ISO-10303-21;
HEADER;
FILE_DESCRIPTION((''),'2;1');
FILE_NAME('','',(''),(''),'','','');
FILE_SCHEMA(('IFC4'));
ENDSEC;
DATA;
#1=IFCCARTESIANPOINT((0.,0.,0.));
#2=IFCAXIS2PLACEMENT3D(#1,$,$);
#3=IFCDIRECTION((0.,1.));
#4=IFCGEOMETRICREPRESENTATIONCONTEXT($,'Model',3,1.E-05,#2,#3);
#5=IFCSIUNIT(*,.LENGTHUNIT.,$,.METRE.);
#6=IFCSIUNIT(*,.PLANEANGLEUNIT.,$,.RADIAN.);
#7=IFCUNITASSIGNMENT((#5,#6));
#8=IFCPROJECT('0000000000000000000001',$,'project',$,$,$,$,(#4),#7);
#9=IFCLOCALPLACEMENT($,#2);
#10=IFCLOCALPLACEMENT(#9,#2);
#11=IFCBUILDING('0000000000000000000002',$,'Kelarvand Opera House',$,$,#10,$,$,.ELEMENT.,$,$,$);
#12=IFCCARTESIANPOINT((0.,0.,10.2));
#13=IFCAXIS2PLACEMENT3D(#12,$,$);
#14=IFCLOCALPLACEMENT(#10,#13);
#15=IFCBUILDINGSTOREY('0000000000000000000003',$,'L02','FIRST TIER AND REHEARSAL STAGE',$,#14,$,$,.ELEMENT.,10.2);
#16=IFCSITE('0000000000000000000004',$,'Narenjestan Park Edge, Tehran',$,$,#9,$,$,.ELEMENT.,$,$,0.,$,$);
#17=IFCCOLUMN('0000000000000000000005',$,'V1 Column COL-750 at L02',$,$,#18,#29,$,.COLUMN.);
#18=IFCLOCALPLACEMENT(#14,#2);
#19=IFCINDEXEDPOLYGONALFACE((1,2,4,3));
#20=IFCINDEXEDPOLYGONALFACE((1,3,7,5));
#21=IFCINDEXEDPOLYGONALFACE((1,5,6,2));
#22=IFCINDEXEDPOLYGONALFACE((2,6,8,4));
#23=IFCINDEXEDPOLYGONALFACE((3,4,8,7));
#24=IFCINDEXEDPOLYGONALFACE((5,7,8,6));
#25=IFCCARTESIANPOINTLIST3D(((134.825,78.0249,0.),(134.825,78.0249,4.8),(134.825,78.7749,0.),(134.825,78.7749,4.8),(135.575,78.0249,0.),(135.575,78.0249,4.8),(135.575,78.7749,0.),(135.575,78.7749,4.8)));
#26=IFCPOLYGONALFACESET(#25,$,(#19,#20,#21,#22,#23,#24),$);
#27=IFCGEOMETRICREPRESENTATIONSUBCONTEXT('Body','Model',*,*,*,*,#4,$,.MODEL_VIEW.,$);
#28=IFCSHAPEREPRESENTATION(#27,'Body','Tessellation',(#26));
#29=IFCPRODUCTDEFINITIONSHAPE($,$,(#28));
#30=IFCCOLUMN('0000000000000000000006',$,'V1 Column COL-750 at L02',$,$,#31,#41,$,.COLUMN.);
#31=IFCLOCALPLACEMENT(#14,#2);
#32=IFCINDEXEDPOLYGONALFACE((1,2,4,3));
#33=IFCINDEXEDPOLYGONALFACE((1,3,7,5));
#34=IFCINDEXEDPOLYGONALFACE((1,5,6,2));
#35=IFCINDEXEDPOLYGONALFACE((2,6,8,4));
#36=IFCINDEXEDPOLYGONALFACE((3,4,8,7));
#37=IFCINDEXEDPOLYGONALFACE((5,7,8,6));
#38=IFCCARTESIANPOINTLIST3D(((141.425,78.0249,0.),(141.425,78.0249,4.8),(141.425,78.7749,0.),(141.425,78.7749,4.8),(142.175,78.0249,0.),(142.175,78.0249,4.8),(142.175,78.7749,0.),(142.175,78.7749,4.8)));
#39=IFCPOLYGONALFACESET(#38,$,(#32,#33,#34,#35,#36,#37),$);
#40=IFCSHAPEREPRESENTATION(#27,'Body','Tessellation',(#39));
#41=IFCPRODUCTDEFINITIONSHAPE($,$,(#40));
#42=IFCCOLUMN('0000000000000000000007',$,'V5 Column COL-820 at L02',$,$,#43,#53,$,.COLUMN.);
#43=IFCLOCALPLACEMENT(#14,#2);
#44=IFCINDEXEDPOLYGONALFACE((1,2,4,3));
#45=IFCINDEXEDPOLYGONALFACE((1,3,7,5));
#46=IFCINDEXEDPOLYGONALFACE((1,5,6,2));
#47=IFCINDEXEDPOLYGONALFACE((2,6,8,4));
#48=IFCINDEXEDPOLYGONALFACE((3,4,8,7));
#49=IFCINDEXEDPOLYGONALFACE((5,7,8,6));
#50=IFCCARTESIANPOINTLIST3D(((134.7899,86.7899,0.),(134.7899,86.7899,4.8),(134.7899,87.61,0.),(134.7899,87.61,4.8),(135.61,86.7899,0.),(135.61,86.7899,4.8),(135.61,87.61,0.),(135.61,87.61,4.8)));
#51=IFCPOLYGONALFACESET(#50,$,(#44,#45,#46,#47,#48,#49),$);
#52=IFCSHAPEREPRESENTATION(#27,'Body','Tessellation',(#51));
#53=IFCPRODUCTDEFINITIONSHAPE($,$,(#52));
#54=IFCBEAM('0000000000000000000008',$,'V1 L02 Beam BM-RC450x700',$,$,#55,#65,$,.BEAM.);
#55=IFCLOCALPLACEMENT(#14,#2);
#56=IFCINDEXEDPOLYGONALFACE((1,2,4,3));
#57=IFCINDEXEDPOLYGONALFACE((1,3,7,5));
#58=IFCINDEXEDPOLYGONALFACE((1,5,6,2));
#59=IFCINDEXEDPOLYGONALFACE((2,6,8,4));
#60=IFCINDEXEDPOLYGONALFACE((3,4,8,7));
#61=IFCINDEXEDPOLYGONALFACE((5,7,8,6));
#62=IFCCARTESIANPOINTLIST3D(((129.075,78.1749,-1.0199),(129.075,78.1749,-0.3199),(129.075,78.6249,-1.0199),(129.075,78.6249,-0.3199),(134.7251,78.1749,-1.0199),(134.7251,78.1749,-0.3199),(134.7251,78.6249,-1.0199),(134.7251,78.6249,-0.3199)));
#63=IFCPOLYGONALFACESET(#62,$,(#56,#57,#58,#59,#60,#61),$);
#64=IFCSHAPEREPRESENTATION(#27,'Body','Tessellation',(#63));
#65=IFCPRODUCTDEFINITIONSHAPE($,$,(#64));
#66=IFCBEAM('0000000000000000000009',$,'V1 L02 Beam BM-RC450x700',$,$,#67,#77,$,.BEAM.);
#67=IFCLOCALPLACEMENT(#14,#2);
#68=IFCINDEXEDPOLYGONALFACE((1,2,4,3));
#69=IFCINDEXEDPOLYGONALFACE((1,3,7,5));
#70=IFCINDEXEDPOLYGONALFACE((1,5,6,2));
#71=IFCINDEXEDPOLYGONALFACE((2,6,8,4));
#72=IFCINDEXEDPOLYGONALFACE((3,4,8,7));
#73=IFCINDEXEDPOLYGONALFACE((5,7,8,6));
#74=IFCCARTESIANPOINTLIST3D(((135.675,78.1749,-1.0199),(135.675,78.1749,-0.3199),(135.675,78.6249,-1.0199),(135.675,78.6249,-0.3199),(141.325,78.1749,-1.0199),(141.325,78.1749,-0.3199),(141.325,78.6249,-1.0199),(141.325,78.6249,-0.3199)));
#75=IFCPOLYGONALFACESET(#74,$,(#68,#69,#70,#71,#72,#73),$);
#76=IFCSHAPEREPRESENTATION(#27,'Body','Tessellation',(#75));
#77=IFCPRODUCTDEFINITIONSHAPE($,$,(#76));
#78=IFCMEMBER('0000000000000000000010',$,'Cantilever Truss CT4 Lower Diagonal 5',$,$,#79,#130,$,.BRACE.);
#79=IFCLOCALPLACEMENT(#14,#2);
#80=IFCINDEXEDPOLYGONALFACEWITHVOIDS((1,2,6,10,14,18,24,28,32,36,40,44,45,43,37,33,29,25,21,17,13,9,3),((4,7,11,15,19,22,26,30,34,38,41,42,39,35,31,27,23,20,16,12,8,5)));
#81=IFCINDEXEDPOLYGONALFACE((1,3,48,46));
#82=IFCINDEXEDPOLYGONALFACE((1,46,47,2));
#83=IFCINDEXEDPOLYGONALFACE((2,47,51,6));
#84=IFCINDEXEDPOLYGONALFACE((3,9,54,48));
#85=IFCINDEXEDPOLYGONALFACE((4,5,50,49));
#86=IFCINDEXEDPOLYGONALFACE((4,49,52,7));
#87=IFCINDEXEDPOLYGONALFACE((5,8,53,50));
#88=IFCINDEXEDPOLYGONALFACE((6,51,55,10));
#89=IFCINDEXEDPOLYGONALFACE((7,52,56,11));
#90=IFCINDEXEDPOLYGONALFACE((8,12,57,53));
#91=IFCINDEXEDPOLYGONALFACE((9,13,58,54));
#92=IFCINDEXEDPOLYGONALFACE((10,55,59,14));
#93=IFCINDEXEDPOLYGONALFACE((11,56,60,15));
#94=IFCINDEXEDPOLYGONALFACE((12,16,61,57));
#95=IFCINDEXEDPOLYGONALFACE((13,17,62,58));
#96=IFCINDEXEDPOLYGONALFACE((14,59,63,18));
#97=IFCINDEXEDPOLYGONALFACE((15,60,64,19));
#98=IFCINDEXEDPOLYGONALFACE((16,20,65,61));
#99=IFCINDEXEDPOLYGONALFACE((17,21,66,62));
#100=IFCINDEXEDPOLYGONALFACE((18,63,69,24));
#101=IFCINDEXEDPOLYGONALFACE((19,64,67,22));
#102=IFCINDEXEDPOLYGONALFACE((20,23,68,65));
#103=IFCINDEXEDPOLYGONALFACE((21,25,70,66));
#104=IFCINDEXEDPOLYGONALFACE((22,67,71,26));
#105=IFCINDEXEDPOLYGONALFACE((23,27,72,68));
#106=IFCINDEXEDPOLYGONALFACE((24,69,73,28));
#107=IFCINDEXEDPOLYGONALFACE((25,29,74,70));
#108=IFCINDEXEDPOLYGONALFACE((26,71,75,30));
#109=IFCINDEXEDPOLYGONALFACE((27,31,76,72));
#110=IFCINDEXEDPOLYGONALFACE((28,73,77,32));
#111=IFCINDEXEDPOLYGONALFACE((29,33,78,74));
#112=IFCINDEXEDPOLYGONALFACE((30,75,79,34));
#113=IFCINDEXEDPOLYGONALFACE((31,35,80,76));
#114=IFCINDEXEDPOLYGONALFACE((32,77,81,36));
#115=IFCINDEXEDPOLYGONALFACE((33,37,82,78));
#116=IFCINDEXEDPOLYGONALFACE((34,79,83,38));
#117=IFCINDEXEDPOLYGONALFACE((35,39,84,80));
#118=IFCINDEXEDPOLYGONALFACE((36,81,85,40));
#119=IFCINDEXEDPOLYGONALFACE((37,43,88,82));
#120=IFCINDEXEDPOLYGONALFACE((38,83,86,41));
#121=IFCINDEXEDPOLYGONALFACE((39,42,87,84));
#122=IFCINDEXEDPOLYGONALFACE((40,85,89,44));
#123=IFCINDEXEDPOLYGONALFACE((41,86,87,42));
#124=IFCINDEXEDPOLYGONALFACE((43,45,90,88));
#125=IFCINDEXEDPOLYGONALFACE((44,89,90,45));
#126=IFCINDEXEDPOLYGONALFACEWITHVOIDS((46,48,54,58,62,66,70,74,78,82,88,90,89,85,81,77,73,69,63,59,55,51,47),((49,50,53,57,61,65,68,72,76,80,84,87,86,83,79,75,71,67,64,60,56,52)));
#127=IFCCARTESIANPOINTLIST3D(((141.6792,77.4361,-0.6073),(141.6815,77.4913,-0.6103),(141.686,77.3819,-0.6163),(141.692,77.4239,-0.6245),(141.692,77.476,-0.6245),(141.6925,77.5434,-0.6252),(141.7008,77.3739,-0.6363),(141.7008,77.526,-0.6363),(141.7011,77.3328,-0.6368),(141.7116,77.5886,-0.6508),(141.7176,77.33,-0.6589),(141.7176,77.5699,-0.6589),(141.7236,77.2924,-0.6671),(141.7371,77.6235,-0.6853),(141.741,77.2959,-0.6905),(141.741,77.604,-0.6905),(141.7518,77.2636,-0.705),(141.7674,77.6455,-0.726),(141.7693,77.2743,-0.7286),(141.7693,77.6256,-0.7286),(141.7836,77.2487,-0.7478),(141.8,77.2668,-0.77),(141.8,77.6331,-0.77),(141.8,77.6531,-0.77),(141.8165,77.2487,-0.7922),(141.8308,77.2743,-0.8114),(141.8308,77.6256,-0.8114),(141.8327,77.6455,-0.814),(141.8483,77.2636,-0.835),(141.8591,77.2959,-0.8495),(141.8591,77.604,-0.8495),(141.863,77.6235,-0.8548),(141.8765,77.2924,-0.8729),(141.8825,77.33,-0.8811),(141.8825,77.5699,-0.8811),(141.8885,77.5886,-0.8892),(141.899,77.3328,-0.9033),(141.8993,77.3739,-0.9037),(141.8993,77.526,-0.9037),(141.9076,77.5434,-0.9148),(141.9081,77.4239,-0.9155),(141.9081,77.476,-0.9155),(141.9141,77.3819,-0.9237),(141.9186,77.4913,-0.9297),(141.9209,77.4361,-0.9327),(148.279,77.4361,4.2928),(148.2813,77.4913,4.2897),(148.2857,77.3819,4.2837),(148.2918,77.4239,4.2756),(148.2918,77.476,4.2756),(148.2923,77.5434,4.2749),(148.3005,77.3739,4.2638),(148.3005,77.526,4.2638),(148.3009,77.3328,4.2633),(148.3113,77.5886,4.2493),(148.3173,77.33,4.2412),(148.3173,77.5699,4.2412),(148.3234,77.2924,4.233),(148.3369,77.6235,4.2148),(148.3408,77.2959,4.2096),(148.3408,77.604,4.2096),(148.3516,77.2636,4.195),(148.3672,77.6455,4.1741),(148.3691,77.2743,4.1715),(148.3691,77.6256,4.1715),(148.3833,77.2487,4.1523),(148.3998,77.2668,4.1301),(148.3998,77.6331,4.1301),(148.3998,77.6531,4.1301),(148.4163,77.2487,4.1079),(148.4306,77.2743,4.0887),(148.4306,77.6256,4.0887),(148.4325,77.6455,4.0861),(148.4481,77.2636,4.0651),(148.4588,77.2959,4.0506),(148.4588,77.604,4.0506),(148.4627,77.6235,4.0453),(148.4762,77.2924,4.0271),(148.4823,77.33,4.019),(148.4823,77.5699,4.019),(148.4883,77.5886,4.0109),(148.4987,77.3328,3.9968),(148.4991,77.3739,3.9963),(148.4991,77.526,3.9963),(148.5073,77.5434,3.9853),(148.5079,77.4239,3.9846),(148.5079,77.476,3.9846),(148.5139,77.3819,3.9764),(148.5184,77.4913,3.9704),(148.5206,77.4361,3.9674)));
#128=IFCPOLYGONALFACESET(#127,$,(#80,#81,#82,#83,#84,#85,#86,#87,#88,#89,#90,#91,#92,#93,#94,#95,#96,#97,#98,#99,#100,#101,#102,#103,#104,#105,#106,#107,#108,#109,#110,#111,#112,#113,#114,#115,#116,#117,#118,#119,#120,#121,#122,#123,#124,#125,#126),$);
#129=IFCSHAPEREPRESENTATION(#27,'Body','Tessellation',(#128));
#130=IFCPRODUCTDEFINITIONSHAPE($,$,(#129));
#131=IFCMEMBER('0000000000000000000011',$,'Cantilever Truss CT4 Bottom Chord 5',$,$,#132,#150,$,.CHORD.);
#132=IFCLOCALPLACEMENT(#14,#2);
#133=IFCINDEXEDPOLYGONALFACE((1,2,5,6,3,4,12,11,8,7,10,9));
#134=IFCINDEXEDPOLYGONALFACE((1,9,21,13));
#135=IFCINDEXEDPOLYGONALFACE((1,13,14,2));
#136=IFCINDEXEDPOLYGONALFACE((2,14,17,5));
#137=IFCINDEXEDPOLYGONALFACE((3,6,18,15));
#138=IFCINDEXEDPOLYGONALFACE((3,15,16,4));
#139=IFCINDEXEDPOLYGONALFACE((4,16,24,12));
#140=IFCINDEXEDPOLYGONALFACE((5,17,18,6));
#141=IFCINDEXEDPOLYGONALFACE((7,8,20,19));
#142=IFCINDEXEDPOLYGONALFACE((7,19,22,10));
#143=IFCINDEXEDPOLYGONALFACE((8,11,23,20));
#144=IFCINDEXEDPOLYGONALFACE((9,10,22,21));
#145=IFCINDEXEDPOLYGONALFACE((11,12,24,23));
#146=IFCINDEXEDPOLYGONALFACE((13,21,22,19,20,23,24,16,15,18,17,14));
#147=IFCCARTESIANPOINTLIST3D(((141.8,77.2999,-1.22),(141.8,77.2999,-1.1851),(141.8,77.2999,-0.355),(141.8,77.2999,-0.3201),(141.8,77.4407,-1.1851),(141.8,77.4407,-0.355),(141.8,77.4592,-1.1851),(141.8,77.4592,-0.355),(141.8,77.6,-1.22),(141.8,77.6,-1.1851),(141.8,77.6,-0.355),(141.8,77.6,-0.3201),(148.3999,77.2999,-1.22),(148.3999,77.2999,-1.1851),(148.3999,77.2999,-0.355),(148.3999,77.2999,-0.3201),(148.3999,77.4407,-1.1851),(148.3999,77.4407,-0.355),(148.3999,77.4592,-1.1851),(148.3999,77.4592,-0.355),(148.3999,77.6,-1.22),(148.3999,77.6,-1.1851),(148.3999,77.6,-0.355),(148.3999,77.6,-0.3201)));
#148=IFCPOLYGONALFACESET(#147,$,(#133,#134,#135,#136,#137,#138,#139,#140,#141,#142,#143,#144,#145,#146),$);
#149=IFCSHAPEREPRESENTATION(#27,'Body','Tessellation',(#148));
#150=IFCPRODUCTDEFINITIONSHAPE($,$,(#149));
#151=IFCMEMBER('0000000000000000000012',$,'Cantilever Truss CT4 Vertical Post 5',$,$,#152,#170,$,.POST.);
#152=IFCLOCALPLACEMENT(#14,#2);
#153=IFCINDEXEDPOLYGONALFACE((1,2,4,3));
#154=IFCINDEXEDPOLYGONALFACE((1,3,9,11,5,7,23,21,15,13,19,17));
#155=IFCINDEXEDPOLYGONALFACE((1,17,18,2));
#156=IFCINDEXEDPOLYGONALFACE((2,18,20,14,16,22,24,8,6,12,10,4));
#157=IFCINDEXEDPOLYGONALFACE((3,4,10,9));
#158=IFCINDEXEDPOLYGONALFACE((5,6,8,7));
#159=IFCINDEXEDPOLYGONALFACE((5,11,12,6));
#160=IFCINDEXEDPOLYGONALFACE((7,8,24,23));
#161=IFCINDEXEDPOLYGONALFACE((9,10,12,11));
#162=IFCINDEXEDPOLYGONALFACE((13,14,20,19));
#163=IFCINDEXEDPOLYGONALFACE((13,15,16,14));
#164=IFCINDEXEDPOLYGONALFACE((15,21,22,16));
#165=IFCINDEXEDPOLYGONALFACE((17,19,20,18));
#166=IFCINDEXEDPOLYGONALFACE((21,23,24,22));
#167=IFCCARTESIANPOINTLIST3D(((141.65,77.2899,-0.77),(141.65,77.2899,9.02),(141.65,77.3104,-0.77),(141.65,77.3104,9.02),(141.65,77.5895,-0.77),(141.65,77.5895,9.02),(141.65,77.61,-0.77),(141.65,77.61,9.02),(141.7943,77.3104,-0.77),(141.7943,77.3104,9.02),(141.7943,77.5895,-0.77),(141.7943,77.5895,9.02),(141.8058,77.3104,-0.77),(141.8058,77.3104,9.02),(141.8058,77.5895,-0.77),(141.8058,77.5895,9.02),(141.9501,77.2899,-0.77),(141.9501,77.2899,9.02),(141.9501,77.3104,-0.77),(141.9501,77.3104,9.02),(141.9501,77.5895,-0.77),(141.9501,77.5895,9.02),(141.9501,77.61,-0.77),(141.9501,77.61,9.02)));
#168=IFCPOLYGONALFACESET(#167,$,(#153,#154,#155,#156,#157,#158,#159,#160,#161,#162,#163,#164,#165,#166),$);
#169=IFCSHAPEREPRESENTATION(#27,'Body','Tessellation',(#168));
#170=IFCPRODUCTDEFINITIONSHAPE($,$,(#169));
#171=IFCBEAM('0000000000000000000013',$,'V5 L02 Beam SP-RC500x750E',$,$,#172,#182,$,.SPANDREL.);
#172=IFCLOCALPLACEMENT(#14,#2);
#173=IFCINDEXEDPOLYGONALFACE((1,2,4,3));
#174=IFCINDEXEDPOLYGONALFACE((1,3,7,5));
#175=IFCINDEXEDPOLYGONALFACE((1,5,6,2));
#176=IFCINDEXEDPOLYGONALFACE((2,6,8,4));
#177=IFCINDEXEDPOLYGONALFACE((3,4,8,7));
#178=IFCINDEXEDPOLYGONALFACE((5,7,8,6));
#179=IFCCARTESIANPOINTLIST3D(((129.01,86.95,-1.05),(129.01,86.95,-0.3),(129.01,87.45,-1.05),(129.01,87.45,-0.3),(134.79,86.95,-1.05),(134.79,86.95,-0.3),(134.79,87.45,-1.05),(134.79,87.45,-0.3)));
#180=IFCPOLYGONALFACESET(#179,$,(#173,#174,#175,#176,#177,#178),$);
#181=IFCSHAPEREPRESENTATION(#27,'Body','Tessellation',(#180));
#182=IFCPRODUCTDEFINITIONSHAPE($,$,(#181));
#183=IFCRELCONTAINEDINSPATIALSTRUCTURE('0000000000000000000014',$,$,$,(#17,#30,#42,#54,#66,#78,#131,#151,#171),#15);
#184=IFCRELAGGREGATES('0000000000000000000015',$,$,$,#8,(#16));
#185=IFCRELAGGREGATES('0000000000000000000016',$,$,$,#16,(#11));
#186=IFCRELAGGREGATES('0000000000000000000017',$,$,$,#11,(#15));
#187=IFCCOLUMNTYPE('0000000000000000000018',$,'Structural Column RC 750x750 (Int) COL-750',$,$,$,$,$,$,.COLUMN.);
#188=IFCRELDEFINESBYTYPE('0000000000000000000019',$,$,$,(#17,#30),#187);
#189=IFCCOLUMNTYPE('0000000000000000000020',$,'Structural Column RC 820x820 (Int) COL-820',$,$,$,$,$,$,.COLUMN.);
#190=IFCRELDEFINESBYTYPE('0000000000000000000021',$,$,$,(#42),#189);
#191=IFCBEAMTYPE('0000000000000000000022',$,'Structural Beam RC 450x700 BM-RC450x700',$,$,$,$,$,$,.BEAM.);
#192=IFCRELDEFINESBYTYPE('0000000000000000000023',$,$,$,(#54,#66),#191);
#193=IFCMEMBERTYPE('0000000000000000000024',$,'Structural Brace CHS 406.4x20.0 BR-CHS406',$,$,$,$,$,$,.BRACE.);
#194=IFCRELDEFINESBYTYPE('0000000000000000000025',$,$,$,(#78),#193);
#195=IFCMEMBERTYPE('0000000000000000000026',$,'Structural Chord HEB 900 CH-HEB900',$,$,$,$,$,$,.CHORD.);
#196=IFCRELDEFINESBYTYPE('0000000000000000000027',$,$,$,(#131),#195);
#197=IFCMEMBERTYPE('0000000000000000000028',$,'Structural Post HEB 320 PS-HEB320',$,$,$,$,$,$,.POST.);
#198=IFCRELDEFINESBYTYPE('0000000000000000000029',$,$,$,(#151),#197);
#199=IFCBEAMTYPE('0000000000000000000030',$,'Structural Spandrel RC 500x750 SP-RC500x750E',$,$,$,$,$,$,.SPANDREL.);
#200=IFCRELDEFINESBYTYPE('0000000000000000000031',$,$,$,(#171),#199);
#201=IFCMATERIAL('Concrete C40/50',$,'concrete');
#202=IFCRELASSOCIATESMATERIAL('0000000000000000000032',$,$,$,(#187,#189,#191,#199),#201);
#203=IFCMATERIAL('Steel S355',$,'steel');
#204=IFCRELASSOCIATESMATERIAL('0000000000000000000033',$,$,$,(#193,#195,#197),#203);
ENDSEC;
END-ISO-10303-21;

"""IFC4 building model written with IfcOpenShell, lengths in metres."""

from ifc_helpers import new_model, si_unit, direction, frame, origin, origin_2d, place, context, subcontext, project, spatial, rectangle, hollow_circle, i_section, extrude, material, material_profile, profile_set, type_object, element, save


model = new_model("IFC4")

# Units and contexts
model_context = context("Model", 3, precision=1e-05, world=origin(), true_north=direction((0.0, 1.0)))
body_context = subcontext(model_context, "Body", "Model", "MODEL_VIEW")
ifc_project = project(units=[si_unit("LENGTHUNIT", "METRE"), si_unit("PLANEANGLEUNIT", "RADIAN")], contexts=[model_context])

# Site, building, storey
site_placement = place(None, origin())
site = spatial("IfcSite", under=ifc_project, at=site_placement, Name="Narenjestan Park Edge, Tehran", CompositionType="ELEMENT", RefElevation=0.0)
building_placement = place(site_placement, origin())
building = spatial("IfcBuilding", under=site, at=building_placement, Name="Kelarvand Opera House", CompositionType="ELEMENT")
storey_placement = place(building_placement, frame((0.0, 0.0, 10.2)))
storey = spatial("IfcBuildingStorey", under=building, at=storey_placement, Name="L02", Description="FIRST TIER AND REHEARSAL STAGE", CompositionType="ELEMENT", Elevation=10.2)

# Columns
ifc_material_1 = material(Name="Concrete C40/50", Category="concrete")
ifc_material_profile_1 = material_profile(ifc_material_1, rectangle(XDim=0.75, YDim=0.75, at=origin_2d()), Name="RC 750x750", Category="concrete")
ifc_profile_set_1 = profile_set([ifc_material_profile_1], Name="Concrete C40/50")
column_type_1 = type_object("IfcColumnType", Name="Structural Column RC 750x750 (Int) COL-750", PredefinedType="COLUMN", material=ifc_profile_set_1)
for number, where, z_axis, x_axis, name in (
    (1, (135.2, 78.3999, 0.0), (0.0, 0.0, 1.0), (1.0, 0.0, 0.0), "V1 Column COL-750 at L02"),
    (2, (141.8, 78.3999, 0.0), (0.0, 0.0, 1.0), (1.0, 0.0, 0.0), "V1 Column COL-750 at L02"),
):
    element("IfcColumn", number, at=place(storey_placement, frame(where, z_axis=z_axis, x_axis=x_axis)), inside=storey, type_object=column_type_1, Name=name, PredefinedType="COLUMN", context=body_context, shape_type="SweptSolid", body=[
        extrude(rectangle(XDim=0.75, YDim=0.75, at=origin_2d()), origin(), (0.0, 0.0, 1.0), 4.8),
    ])
ifc_material_profile_2 = material_profile(ifc_material_1, rectangle(XDim=0.8201, YDim=0.8201, at=origin_2d()), Name="RC 820x820", Category="concrete")
ifc_profile_set_2 = profile_set([ifc_material_profile_2], Name="Concrete C40/50")
column_type_2 = type_object("IfcColumnType", Name="Structural Column RC 820x820 (Int) COL-820", PredefinedType="COLUMN", material=ifc_profile_set_2)
column_placement = place(storey_placement, frame((135.2, 87.2, 0.0), z_axis=(0.0, 0.0, 1.0), x_axis=(1.0, 0.0, 0.0)))
element("IfcColumn", 3, at=column_placement, inside=storey, type_object=column_type_2, Name="V5 Column COL-820 at L02", PredefinedType="COLUMN", context=body_context, shape_type="SweptSolid", body=[
    extrude(rectangle(XDim=0.8201, YDim=0.8201, at=origin_2d()), origin(), (0.0, 0.0, 1.0), 4.8),
])

# Beams
ifc_material_profile_3 = material_profile(ifc_material_1, rectangle(XDim=0.45, YDim=0.7, at=origin_2d()), Name="RC 450x700", Category="concrete")
ifc_profile_set_3 = profile_set([ifc_material_profile_3], Name="Concrete C40/50")
beam_type_1 = type_object("IfcBeamType", Name="Structural Beam RC 450x700 BM-RC450x700", PredefinedType="BEAM", material=ifc_profile_set_3)
beam_1_placement = place(storey_placement, frame((129.075, 78.3999, -0.6699), z_axis=(1.0, 0.0, 0.0), x_axis=(0.0, 1.0, 0.0)))
element("IfcBeam", 4, at=beam_1_placement, inside=storey, type_object=beam_type_1, Name="V1 L02 Beam BM-RC450x700", PredefinedType="BEAM", context=body_context, shape_type="SweptSolid", body=[
    extrude(rectangle(XDim=0.45, YDim=0.7, at=origin_2d()), origin(), (0.0, 0.0, 1.0), 5.6501),
])
beam_2_placement = place(storey_placement, frame((135.675, 78.3999, -0.6699), z_axis=(1.0, 0.0, 0.0), x_axis=(0.0, 1.0, 0.0)))
element("IfcBeam", 5, at=beam_2_placement, inside=storey, type_object=beam_type_1, Name="V1 L02 Beam BM-RC450x700", PredefinedType="BEAM", context=body_context, shape_type="SweptSolid", body=[
    extrude(rectangle(XDim=0.45, YDim=0.7, at=origin_2d()), origin(), (0.0, 0.0, 1.0), 5.6499),
])

# Members
ifc_material_2 = material(Name="Steel S355", Category="steel")
ifc_material_profile_4 = material_profile(ifc_material_2, hollow_circle(Radius=0.2031, WallThickness=0.02, at=origin_2d()), Name="CHS 406.4x20.0", Category="steel")
ifc_profile_set_4 = profile_set([ifc_material_profile_4], Name="Steel S355")
member_type_1 = type_object("IfcMemberType", Name="Structural Brace CHS 406.4x20.0 BR-CHS406", PredefinedType="BRACE", material=ifc_profile_set_4)
member_1_placement = place(storey_placement, frame((141.8, 77.45, -0.77), z_axis=(0.802895, 0.0, 0.59612), x_axis=(0.0, 1.0, 0.0)))
element("IfcMember", 6, at=member_1_placement, inside=storey, type_object=member_type_1, Name="Cantilever Truss CT4 Lower Diagonal 5", PredefinedType="BRACE", context=body_context, shape_type="SweptSolid", body=[
    extrude(hollow_circle(Radius=0.2031, WallThickness=0.02, at=origin_2d()), origin(), (0.0, 0.0, 1.0), 8.22),
])
ifc_material_profile_5 = material_profile(ifc_material_2, i_section(OverallWidth=0.3, OverallDepth=0.8999, WebThickness=0.0186, FlangeThickness=0.0349, at=origin_2d()), Name="HEB 900", Category="steel")
ifc_profile_set_5 = profile_set([ifc_material_profile_5], Name="Steel S355")
member_type_2 = type_object("IfcMemberType", Name="Structural Chord HEB 900 CH-HEB900", PredefinedType="CHORD", material=ifc_profile_set_5)
member_2_placement = place(storey_placement, frame((141.8, 77.45, -0.77), z_axis=(1.0, 0.0, 0.0), x_axis=(0.0, 1.0, 0.0)))
element("IfcMember", 7, at=member_2_placement, inside=storey, type_object=member_type_2, Name="Cantilever Truss CT4 Bottom Chord 5", PredefinedType="CHORD", context=body_context, shape_type="SweptSolid", body=[
    extrude(i_section(OverallWidth=0.3, OverallDepth=0.8999, WebThickness=0.0186, FlangeThickness=0.0349, at=origin_2d()), origin(), (0.0, 0.0, 1.0), 6.5999),
])
ifc_material_profile_6 = material_profile(ifc_material_2, i_section(OverallWidth=0.3, OverallDepth=0.3201, WebThickness=0.0115, FlangeThickness=0.0205, at=origin_2d()), Name="HEB 320", Category="steel")
ifc_profile_set_6 = profile_set([ifc_material_profile_6], Name="Steel S355")
member_type_3 = type_object("IfcMemberType", Name="Structural Post HEB 320 PS-HEB320", PredefinedType="POST", material=ifc_profile_set_6)
member_3_placement = place(storey_placement, frame((141.8, 77.45, -0.77), z_axis=(0.0, 0.0, 1.0), x_axis=(1.0, 0.0, 0.0)))
element("IfcMember", 8, at=member_3_placement, inside=storey, type_object=member_type_3, Name="Cantilever Truss CT4 Vertical Post 5", PredefinedType="POST", context=body_context, shape_type="SweptSolid", body=[
    extrude(i_section(OverallWidth=0.3, OverallDepth=0.3201, WebThickness=0.0115, FlangeThickness=0.0205, at=origin_2d()), origin(), (0.0, 0.0, 1.0), 9.79),
])

# Beam
ifc_material_profile_7 = material_profile(ifc_material_1, rectangle(XDim=0.5, YDim=0.75, at=origin_2d()), Name="RC 500x750", Category="concrete")
ifc_profile_set_7 = profile_set([ifc_material_profile_7], Name="Concrete C40/50")
beam_type_2 = type_object("IfcBeamType", Name="Structural Spandrel RC 500x750 SP-RC500x750E", PredefinedType="SPANDREL", material=ifc_profile_set_7)
beam_3_placement = place(storey_placement, frame((129.01, 87.2, -0.675), z_axis=(1.0, 0.0, 0.0), x_axis=(0.0, 1.0, 0.0)))
element("IfcBeam", 9, at=beam_3_placement, inside=storey, type_object=beam_type_2, Name="V5 L02 Beam SP-RC500x750E", PredefinedType="SPANDREL", context=body_context, shape_type="SweptSolid", body=[
    extrude(rectangle(XDim=0.5, YDim=0.75, at=origin_2d()), origin(), (0.0, 0.0, 1.0), 5.78),
])

save(model, "model.ifc")
